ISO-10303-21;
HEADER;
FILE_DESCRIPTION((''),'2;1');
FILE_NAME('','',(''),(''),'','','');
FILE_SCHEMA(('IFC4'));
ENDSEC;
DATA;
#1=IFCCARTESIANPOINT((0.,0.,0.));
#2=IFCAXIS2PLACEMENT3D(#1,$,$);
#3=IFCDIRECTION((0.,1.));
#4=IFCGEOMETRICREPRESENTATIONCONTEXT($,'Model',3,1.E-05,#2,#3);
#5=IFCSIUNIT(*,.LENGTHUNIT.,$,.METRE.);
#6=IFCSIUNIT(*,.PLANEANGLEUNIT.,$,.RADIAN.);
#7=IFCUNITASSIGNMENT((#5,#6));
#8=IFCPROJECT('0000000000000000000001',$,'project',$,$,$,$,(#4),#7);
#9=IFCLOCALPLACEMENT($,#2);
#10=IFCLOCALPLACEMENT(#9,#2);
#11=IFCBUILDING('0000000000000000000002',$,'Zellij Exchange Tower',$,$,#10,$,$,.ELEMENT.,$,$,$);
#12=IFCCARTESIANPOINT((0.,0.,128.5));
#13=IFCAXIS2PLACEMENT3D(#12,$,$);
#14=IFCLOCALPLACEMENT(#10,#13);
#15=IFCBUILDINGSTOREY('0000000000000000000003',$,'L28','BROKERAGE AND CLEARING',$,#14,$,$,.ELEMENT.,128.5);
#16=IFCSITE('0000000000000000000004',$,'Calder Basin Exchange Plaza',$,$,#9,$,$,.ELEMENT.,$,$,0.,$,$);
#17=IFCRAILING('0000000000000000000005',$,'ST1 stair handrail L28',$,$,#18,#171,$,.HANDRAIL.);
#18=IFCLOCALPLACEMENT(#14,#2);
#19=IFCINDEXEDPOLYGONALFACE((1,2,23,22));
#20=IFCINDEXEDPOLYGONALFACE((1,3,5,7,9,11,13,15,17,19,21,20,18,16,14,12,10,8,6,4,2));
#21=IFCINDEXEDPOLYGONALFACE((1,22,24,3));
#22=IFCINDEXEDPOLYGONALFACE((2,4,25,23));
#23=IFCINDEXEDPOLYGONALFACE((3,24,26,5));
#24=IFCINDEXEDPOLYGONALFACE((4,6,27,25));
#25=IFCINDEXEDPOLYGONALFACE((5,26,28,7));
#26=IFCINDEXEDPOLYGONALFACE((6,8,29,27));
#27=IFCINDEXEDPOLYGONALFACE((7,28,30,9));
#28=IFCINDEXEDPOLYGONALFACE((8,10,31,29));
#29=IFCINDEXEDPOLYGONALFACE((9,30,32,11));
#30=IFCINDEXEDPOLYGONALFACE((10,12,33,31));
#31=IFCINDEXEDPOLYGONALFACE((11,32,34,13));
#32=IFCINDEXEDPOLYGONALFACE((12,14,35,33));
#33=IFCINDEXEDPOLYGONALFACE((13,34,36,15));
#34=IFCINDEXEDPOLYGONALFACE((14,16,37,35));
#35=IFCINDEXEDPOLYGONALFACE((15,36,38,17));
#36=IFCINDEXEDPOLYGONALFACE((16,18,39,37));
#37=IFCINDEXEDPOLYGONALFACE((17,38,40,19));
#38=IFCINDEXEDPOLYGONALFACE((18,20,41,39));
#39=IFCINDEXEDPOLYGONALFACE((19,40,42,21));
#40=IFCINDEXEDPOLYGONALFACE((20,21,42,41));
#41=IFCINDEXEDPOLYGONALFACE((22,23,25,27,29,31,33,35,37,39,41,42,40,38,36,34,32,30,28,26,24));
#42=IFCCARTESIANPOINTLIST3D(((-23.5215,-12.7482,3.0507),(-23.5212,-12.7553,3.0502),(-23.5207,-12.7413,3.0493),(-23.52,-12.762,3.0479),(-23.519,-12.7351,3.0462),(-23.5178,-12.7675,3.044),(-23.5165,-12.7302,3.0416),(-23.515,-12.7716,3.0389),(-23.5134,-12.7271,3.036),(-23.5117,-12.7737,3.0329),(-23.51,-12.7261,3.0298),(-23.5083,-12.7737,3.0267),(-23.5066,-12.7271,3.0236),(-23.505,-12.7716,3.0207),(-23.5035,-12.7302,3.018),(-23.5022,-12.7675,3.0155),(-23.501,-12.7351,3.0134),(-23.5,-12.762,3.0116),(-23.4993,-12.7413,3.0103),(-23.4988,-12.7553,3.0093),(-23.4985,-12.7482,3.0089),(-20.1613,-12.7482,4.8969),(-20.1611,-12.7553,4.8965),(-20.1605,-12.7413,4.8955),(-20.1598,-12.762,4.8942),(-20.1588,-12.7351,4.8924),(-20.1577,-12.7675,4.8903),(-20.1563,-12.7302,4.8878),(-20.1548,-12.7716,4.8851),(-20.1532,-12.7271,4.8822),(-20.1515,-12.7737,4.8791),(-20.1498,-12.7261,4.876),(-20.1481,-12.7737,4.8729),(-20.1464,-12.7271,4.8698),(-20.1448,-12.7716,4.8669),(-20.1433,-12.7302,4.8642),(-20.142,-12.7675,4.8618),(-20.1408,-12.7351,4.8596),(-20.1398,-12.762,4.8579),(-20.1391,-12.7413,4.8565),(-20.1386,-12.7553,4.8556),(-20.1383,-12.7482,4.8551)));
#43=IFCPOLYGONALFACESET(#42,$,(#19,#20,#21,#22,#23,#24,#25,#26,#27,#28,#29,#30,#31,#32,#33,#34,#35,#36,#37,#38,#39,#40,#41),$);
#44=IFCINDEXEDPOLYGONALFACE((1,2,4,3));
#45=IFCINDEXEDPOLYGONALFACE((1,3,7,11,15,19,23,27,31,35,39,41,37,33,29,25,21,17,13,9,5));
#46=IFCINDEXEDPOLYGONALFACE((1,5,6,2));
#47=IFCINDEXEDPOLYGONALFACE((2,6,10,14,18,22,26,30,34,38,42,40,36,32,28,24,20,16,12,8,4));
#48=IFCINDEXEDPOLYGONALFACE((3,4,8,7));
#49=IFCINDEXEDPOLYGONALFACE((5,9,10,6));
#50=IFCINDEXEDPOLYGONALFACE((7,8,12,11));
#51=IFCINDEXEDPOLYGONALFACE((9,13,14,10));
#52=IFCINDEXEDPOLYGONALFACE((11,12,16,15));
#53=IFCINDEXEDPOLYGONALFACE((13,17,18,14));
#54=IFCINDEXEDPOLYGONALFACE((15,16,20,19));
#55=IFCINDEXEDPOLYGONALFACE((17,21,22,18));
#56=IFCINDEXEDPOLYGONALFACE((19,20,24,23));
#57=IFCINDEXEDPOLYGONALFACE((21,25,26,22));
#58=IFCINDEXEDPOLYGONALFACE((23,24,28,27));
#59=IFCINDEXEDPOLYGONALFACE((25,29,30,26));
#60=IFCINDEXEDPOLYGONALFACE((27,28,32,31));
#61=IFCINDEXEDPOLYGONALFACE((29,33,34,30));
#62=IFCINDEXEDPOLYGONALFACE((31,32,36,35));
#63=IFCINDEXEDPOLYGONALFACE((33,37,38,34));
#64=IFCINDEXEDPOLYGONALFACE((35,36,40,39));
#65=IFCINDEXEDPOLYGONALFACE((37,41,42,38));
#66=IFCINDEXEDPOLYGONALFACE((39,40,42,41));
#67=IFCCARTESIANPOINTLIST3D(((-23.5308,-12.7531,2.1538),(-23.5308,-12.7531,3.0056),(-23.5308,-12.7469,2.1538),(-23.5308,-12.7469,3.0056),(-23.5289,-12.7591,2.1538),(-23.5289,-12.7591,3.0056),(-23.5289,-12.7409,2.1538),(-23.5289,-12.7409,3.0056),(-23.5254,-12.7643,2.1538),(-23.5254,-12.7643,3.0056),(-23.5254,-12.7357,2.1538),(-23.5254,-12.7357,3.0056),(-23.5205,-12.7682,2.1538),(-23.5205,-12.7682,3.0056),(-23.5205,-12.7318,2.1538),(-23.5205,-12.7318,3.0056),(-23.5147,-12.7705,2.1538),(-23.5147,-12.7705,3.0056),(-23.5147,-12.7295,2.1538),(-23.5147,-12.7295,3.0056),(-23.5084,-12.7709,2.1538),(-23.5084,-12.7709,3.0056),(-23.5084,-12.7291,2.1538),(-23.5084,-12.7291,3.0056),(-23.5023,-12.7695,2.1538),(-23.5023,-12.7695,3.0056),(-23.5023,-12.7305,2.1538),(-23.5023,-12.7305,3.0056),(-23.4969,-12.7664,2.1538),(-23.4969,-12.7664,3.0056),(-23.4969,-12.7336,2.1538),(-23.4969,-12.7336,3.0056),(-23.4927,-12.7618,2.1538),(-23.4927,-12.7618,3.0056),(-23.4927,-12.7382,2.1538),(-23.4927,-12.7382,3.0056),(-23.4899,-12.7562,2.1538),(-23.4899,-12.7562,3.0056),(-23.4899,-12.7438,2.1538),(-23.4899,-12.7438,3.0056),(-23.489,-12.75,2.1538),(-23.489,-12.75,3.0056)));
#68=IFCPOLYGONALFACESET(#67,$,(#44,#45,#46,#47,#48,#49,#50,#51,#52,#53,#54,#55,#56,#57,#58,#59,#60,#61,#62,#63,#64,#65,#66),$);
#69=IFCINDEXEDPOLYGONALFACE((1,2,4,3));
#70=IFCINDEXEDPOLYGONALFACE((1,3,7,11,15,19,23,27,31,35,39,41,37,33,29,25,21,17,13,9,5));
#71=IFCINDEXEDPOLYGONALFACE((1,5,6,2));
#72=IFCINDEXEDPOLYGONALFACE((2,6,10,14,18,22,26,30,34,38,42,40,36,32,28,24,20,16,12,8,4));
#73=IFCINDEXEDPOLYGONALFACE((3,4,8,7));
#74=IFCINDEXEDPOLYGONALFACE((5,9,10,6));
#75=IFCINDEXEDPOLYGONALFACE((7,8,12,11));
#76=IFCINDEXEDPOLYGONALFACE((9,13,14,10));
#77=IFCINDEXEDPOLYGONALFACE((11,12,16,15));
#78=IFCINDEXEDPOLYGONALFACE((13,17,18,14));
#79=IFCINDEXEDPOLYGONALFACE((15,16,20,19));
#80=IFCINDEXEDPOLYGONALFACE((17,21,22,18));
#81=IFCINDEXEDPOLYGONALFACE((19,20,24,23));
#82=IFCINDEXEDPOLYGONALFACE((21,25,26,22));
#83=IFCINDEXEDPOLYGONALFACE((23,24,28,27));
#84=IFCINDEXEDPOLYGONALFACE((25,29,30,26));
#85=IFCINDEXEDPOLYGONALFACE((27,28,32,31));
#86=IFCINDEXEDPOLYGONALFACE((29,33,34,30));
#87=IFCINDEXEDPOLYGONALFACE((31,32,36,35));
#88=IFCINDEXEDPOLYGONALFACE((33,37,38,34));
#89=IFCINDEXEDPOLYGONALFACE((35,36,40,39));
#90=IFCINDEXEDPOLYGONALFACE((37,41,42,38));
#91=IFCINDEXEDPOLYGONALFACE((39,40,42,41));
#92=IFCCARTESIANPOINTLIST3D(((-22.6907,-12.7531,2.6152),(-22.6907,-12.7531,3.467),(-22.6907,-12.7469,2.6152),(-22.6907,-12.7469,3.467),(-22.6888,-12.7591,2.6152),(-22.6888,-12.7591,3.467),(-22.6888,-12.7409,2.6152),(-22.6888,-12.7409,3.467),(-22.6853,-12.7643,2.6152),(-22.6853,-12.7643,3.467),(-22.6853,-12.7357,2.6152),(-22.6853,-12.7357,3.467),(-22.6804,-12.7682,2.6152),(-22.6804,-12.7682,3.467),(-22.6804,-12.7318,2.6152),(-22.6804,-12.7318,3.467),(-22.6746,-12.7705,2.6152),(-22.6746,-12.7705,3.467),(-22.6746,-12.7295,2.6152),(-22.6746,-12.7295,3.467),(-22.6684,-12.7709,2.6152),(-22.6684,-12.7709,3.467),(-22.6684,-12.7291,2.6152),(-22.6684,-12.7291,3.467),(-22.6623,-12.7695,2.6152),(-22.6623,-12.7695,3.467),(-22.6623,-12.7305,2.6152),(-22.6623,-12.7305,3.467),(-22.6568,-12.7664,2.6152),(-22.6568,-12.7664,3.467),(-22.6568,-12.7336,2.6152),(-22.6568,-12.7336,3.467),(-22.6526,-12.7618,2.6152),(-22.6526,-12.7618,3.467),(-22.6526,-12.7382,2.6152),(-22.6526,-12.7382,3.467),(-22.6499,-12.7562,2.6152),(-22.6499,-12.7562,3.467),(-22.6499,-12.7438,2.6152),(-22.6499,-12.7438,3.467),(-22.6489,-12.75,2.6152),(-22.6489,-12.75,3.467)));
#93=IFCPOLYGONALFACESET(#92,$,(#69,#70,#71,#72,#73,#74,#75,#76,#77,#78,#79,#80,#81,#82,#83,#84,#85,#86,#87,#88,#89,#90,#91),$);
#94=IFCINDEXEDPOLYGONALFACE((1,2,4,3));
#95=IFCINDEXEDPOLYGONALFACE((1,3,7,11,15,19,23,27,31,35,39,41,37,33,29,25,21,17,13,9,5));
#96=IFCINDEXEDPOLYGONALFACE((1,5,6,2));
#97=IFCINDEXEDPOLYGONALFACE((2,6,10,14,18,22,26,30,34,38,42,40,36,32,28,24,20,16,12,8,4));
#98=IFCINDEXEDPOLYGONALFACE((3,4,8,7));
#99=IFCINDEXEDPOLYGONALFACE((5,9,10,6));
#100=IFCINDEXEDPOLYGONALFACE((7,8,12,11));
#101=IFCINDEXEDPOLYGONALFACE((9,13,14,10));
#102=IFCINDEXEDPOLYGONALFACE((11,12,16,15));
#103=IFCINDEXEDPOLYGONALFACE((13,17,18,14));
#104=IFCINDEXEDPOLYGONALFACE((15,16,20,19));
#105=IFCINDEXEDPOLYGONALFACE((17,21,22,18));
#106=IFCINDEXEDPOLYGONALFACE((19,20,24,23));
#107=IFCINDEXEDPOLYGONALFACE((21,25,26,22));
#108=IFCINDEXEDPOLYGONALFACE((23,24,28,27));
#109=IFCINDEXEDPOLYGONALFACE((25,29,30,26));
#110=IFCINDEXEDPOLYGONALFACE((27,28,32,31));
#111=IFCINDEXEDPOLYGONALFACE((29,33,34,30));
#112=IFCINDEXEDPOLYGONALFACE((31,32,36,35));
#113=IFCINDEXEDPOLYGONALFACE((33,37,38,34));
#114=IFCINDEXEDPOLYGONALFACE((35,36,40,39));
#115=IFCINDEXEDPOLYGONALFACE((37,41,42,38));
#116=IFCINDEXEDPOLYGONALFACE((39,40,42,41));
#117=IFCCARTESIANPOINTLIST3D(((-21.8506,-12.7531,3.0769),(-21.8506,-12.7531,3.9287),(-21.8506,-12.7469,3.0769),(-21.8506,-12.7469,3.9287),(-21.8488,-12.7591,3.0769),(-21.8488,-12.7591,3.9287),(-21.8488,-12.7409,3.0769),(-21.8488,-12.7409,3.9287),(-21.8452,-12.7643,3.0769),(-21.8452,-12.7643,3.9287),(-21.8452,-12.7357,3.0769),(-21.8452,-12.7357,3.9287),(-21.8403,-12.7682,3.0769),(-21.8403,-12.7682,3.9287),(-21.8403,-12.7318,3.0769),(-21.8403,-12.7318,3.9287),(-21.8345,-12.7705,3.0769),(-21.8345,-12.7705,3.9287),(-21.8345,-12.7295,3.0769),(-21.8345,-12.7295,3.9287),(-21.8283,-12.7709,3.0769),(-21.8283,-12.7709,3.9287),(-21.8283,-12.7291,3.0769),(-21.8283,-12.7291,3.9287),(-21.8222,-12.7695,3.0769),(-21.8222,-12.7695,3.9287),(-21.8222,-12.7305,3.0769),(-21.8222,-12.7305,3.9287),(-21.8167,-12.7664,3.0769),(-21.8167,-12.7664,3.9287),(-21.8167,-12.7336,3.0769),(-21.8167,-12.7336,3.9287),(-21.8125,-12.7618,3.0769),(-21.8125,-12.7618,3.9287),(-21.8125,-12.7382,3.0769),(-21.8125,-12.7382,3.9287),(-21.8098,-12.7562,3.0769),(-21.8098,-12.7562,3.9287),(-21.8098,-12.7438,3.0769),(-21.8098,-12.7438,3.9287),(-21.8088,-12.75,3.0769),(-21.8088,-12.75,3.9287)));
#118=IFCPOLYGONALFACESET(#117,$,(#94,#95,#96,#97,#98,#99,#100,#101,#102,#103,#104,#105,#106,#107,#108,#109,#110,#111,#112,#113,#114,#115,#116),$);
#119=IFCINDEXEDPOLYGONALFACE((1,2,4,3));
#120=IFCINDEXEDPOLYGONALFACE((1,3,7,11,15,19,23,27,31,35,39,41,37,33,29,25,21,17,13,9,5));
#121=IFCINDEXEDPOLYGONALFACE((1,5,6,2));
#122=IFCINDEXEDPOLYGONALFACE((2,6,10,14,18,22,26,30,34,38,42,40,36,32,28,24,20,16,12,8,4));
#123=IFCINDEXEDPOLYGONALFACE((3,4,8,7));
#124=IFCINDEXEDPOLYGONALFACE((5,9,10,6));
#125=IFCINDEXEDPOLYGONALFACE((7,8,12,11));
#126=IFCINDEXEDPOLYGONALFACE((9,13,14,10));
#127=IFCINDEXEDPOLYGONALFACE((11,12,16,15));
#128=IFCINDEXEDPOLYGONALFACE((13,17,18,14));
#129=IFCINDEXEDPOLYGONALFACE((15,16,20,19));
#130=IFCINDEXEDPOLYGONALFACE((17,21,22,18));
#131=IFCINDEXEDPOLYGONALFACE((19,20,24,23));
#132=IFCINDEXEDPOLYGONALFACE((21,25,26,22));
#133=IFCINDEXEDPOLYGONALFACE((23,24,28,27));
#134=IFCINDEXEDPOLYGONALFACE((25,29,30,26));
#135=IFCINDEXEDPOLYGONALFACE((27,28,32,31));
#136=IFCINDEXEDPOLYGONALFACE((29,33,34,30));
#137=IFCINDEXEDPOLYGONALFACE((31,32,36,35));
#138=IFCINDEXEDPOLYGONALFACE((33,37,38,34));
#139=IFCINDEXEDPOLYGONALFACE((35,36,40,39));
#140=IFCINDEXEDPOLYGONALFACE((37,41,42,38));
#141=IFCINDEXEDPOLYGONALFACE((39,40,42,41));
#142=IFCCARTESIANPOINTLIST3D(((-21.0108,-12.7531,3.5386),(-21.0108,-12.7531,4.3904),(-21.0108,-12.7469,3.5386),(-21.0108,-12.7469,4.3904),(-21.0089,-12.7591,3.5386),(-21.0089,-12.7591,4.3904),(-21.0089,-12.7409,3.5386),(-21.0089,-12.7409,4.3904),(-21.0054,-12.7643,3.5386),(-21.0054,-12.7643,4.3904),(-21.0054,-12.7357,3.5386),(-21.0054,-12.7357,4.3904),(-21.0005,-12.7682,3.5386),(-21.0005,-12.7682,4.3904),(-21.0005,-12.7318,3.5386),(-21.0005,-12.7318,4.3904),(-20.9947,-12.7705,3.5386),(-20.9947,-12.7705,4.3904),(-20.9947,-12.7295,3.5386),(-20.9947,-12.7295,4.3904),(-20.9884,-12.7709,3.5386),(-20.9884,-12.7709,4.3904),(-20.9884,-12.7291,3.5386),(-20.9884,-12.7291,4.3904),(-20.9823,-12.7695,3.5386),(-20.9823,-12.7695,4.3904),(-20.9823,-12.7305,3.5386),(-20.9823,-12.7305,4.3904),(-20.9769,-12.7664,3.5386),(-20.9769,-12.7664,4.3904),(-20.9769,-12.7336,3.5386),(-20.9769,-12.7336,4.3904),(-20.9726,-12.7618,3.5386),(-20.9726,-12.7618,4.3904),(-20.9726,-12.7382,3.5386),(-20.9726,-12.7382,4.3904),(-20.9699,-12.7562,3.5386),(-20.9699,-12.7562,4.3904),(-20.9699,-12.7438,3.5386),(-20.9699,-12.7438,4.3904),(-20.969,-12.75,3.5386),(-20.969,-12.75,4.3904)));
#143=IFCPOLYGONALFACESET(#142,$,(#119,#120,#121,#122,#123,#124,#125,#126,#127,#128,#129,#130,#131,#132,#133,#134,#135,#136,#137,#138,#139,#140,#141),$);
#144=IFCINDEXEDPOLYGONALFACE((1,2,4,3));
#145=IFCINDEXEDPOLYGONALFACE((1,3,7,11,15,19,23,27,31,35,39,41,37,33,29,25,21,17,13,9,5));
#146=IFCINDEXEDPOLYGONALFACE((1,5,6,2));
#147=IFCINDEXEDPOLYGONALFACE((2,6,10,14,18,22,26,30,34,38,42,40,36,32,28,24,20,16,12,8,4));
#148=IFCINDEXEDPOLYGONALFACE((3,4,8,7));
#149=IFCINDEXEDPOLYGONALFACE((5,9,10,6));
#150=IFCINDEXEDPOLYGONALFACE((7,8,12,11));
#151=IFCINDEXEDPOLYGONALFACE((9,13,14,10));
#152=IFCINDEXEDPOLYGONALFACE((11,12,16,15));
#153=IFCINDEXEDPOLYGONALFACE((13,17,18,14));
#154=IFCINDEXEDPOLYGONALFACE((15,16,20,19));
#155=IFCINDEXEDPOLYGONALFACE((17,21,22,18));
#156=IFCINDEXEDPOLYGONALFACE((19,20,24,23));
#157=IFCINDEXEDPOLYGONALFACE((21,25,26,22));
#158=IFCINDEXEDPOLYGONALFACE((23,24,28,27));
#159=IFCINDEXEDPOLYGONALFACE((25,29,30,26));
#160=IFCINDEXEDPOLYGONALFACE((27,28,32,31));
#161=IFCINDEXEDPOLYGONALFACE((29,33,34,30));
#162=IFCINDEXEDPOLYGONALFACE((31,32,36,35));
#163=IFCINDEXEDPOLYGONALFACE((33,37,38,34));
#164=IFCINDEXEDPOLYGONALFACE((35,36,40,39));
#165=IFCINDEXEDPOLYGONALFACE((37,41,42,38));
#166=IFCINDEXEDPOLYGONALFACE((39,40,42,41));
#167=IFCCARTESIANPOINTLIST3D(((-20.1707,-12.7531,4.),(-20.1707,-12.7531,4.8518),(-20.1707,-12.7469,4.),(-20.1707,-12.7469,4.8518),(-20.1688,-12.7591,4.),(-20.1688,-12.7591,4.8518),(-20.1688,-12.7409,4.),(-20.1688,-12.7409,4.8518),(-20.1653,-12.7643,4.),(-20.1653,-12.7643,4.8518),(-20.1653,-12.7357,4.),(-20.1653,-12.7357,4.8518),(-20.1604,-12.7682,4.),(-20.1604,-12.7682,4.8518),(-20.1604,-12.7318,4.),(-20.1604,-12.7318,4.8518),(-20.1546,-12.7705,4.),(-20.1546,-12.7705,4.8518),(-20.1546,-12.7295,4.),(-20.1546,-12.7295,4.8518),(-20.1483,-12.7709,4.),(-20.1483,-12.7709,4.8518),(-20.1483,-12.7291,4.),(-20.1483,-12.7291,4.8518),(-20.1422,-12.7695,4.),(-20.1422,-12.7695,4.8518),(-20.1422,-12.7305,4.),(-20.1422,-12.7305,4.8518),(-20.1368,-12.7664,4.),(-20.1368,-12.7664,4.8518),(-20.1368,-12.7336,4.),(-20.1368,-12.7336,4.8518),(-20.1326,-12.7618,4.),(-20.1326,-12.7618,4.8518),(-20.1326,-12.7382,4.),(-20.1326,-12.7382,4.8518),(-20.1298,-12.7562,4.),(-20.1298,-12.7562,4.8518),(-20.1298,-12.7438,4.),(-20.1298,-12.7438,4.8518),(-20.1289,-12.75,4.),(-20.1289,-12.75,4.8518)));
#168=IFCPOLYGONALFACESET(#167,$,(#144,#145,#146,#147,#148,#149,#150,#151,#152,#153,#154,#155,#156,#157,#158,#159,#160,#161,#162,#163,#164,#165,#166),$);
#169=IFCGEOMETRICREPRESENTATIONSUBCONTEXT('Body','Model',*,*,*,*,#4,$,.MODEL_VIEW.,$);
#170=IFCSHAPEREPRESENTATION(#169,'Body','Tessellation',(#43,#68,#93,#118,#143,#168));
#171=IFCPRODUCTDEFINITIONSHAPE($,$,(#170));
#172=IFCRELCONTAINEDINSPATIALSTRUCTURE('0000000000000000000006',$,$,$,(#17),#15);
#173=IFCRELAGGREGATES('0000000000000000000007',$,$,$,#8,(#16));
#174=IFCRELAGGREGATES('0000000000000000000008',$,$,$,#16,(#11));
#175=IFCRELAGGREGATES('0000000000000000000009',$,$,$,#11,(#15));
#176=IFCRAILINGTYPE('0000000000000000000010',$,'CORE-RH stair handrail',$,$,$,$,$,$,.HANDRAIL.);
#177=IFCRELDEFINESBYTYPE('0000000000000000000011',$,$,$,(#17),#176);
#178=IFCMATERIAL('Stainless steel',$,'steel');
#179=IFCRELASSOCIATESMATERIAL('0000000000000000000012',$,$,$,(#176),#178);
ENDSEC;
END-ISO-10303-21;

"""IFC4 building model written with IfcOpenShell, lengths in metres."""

from ifc_helpers import new_model, si_unit, direction, frame, origin, origin_2d, place, context, subcontext, project, spatial, circle, extrude, material, type_object, element, save


model = new_model("IFC4")

# Units and contexts
model_context = context("Model", 3, precision=1e-05, world=origin(), true_north=direction((0.0, 1.0)))
body_context = subcontext(model_context, "Body", "Model", "MODEL_VIEW")
ifc_project = project(units=[si_unit("LENGTHUNIT", "METRE"), si_unit("PLANEANGLEUNIT", "RADIAN")], contexts=[model_context])

# Site, building, storey
site_placement = place(None, origin())
site = spatial("IfcSite", under=ifc_project, at=site_placement, Name="Calder Basin Exchange Plaza", CompositionType="ELEMENT", RefElevation=0.0)
building_placement = place(site_placement, origin())
building = spatial("IfcBuilding", under=site, at=building_placement, Name="Zellij Exchange Tower", CompositionType="ELEMENT")
storey_placement = place(building_placement, frame((0.0, 0.0, 128.5)))
storey = spatial("IfcBuildingStorey", under=building, at=storey_placement, Name="L28", Description="BROKERAGE AND CLEARING", CompositionType="ELEMENT", Elevation=128.5)

# Railing
ifc_material_1 = material(Name="Stainless steel", Category="steel")
railing_type = type_object("IfcRailingType", Name="CORE-RH stair handrail", PredefinedType="HANDRAIL", material=ifc_material_1)
railing_placement = place(storey_placement, frame((-23.51, -12.75, 2.1538)))
element("IfcRailing", 1, at=railing_placement, inside=storey, type_object=railing_type, Name="ST1 stair handrail L28", PredefinedType="HANDRAIL", context=body_context, shape_type="SweptSolid", body=[
    extrude(circle(Radius=0.0239, at=origin_2d()), frame((0.0, 0.0, 0.876), z_axis=(0.876422, 0.0, 0.481545), x_axis=(0.0, 1.0, 0.0)), (0.0, 0.0, 1.0), 3.834),
    extrude(circle(Radius=0.021, at=origin_2d()), origin(), (0.0, 0.0, 1.0), 0.8518),
    extrude(circle(Radius=0.021, at=origin_2d()), frame((0.8401, 0.0, 0.4614)), (0.0, 0.0, 1.0), 0.8518),
    extrude(circle(Radius=0.021, at=origin_2d()), frame((1.6802, 0.0, 0.9231)), (0.0, 0.0, 1.0), 0.8518),
    extrude(circle(Radius=0.021, at=origin_2d()), frame((2.52, 0.0, 1.3848)), (0.0, 0.0, 1.0), 0.8518),
    extrude(circle(Radius=0.021, at=origin_2d()), frame((3.3601, 0.0, 1.8462)), (0.0, 0.0, 1.0), 0.8518),
])

save(model, "model.ifc")
